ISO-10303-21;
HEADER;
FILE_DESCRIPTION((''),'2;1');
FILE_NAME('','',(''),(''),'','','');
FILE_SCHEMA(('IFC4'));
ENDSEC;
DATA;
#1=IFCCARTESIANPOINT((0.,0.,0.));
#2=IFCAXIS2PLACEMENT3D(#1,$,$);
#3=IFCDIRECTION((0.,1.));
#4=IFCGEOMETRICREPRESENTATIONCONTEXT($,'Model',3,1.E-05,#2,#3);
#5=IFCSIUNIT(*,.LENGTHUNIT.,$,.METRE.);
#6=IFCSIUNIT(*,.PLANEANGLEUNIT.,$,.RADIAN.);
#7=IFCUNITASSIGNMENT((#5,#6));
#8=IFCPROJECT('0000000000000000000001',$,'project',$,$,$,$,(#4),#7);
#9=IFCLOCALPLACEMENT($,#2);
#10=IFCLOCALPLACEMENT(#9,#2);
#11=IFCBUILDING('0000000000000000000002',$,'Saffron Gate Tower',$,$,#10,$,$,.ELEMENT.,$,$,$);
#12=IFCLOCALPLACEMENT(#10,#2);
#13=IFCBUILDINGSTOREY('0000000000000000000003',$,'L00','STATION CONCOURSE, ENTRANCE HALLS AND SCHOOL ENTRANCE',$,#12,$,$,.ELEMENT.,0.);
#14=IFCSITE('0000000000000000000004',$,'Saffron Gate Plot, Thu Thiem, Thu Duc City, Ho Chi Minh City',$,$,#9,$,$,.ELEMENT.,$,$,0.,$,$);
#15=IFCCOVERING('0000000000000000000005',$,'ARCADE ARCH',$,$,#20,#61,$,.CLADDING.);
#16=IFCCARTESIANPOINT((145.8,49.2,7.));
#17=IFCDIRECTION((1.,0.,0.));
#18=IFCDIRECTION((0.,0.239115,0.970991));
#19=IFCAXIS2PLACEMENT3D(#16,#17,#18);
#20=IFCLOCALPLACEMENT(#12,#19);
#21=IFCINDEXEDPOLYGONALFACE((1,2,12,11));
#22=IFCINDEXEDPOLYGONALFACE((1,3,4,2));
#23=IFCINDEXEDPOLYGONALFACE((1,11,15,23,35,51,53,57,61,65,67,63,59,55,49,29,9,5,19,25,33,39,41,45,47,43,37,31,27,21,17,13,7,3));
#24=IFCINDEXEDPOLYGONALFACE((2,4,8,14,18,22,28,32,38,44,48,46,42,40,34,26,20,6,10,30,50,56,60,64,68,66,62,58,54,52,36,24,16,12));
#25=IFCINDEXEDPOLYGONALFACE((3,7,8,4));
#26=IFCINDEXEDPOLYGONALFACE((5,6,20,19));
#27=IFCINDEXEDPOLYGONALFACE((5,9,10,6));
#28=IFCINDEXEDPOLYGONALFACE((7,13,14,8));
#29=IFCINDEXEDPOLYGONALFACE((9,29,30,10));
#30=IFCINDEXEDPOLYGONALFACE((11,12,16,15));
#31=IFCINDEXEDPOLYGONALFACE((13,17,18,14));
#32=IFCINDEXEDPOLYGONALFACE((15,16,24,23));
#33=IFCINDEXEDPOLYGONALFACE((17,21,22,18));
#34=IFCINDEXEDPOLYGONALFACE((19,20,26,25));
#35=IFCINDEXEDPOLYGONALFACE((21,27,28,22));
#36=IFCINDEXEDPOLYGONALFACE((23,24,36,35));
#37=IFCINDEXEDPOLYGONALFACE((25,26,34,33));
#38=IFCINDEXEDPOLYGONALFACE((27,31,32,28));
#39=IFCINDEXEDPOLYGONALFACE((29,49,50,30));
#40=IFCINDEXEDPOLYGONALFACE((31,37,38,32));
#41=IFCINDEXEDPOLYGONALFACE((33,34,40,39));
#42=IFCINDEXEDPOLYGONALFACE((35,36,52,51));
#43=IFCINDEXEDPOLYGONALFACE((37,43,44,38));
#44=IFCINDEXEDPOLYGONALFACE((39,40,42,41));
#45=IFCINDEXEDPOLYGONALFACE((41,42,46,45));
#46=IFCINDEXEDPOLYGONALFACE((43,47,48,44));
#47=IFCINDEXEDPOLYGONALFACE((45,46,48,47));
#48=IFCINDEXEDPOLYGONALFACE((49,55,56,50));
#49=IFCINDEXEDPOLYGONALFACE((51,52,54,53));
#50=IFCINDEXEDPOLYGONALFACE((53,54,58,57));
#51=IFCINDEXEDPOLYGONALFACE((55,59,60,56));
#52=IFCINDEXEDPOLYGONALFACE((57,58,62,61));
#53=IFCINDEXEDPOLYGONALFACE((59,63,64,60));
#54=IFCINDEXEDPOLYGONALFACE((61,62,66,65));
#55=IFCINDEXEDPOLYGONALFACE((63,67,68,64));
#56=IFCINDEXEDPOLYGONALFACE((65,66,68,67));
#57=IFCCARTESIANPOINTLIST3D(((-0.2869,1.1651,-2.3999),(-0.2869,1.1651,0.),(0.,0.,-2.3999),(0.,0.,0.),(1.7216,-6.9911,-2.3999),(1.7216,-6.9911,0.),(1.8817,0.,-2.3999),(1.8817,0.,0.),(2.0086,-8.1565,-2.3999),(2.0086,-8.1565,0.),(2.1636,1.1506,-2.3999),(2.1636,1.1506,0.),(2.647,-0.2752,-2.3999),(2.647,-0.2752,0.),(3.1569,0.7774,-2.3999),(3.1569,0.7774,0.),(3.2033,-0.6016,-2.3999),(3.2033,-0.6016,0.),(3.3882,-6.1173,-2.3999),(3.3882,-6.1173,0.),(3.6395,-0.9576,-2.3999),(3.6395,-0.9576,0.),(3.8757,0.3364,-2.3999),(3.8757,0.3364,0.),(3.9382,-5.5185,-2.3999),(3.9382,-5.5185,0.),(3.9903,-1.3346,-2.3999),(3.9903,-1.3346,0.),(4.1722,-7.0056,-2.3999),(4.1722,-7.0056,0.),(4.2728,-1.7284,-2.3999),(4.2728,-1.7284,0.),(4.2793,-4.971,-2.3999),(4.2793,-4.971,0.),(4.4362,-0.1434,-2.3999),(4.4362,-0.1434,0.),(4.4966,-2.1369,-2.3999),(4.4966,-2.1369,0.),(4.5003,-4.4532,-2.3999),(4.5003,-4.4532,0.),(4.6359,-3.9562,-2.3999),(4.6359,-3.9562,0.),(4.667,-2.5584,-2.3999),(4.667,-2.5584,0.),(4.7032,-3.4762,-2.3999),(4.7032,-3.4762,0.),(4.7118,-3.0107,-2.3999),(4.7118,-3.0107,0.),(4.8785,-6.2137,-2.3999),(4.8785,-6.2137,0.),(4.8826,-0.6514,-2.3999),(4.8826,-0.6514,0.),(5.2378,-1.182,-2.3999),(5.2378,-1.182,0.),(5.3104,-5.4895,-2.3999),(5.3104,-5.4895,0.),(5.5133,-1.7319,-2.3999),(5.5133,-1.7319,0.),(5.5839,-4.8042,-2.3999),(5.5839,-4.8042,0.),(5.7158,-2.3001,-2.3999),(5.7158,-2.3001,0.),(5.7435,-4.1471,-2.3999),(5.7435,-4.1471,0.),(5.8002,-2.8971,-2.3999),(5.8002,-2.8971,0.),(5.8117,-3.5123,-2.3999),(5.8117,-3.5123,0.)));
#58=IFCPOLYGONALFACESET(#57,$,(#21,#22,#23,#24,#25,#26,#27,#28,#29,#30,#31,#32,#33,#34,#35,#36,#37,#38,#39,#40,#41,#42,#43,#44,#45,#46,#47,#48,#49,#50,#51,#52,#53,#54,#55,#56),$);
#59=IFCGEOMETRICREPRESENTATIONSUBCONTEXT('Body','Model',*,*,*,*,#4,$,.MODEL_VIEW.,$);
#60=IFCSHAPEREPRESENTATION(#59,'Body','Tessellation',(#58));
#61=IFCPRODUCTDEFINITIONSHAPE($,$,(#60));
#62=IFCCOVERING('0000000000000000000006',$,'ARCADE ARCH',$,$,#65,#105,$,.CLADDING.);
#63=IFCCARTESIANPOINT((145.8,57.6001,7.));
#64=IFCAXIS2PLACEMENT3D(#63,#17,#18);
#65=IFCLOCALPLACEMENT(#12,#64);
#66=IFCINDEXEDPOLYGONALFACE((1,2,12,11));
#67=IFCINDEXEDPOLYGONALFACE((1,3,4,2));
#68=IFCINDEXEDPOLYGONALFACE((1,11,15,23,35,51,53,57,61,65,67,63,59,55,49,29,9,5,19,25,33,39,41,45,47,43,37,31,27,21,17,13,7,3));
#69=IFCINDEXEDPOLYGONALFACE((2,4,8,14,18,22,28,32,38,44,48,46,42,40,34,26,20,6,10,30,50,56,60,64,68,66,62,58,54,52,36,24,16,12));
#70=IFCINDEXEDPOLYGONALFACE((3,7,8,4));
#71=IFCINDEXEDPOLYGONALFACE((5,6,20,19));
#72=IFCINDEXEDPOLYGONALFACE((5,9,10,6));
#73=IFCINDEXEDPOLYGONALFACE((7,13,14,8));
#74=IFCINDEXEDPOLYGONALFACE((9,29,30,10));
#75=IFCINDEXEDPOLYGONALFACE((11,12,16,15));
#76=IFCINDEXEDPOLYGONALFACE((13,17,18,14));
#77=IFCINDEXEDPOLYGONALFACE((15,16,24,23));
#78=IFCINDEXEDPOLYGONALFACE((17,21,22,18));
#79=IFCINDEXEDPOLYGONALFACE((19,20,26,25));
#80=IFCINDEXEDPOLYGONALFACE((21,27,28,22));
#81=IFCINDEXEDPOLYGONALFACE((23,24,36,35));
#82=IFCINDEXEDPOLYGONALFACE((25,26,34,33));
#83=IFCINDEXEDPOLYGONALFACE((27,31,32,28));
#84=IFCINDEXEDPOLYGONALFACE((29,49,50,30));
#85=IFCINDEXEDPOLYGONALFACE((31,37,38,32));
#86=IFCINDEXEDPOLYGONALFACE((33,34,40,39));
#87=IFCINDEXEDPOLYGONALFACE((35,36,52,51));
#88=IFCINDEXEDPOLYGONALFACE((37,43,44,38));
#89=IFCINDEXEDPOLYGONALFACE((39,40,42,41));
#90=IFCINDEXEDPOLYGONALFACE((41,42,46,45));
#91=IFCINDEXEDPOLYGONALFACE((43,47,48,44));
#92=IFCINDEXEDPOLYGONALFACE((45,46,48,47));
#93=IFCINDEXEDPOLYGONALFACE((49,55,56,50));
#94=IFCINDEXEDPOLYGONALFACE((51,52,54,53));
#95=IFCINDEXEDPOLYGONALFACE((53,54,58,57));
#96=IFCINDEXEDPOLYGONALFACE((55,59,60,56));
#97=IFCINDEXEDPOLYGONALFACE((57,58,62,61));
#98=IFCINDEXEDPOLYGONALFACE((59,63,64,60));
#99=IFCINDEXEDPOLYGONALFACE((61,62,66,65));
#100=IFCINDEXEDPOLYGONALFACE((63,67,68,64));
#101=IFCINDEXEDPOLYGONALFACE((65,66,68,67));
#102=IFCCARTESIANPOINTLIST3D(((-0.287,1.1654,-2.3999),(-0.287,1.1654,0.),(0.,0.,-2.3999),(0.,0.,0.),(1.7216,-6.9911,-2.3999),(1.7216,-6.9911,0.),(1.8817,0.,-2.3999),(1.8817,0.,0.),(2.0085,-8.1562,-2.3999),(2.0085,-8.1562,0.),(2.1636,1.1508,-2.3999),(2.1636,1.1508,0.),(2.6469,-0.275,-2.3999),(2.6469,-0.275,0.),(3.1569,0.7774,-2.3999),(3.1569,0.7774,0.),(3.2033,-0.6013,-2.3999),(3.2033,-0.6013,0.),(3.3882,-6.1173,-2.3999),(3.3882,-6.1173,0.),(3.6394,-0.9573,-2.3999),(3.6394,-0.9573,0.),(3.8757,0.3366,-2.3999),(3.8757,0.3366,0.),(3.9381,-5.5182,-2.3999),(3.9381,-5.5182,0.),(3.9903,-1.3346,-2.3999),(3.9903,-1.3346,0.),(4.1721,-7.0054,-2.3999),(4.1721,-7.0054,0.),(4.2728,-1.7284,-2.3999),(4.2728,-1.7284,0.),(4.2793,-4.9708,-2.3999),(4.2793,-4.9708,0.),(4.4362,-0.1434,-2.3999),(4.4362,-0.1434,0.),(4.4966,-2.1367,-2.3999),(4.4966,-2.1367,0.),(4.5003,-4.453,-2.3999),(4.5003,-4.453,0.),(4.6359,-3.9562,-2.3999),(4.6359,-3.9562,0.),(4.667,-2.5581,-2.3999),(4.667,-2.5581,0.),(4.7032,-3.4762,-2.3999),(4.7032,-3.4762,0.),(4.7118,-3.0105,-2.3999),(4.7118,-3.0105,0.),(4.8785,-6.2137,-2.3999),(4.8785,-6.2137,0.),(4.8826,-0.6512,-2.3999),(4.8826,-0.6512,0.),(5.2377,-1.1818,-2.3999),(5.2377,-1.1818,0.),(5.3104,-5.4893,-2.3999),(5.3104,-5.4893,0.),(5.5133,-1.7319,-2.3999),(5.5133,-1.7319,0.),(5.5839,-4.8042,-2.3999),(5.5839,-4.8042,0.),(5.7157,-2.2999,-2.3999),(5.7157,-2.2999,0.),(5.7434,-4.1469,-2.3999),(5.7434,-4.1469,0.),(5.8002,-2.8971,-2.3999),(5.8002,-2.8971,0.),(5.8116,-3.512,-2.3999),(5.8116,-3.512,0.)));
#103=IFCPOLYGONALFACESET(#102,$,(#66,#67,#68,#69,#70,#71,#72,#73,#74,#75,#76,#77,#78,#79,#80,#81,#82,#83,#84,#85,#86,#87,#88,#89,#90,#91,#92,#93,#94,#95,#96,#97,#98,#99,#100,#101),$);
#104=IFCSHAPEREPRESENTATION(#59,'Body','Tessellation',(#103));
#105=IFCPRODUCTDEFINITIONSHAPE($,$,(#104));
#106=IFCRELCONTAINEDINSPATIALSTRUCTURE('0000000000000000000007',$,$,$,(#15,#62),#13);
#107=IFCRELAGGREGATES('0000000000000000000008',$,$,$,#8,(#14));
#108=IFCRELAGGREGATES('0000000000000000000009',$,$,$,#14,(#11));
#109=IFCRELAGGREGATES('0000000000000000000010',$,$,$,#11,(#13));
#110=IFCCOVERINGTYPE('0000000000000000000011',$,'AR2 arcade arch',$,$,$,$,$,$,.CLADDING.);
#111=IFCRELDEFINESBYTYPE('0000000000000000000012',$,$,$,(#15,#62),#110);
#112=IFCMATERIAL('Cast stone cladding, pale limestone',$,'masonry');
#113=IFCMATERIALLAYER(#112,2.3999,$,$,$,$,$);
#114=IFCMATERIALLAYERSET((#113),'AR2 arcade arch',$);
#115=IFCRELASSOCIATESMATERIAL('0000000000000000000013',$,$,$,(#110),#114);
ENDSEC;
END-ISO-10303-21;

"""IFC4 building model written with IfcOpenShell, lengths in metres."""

from ifc_helpers import new_model, si_unit, direction, frame, origin, place, context, subcontext, project, spatial, polyline, outline, extrude, material, layer, layer_set, type_object, element, save


model = new_model("IFC4")

# Units and contexts
model_context = context("Model", 3, precision=1e-05, world=origin(), true_north=direction((0.0, 1.0)))
body_context = subcontext(model_context, "Body", "Model", "MODEL_VIEW")
ifc_project = project(units=[si_unit("LENGTHUNIT", "METRE"), si_unit("PLANEANGLEUNIT", "RADIAN")], contexts=[model_context])

# Site, building, storey
site_placement = place(None, origin())
site = spatial("IfcSite", under=ifc_project, at=site_placement, Name="Saffron Gate Plot, Thu Thiem, Thu Duc City, Ho Chi Minh City", CompositionType="ELEMENT", RefElevation=0.0)
building_placement = place(site_placement, origin())
building = spatial("IfcBuilding", under=site, at=building_placement, Name="Saffron Gate Tower", CompositionType="ELEMENT")
storey_placement = place(building_placement, origin())
storey = spatial("IfcBuildingStorey", under=building, at=storey_placement, Name="L00", Description="STATION CONCOURSE, ENTRANCE HALLS AND SCHOOL ENTRANCE", CompositionType="ELEMENT", Elevation=0.0)

# Coverings
ifc_material_1 = material(Name="Cast stone cladding, pale limestone", Category="masonry")
ifc_layer_1 = layer(ifc_material_1, 2.3999)
ifc_layer_set_1 = layer_set([ifc_layer_1], Name="AR2 arcade arch")
covering_type = type_object("IfcCoveringType", Name="AR2 arcade arch", PredefinedType="CLADDING", material=ifc_layer_set_1)
covering_1_placement = place(storey_placement, frame((145.8, 49.2, 7.0), z_axis=(1.0, 0.0, 0.0), x_axis=(0.0, 0.239115, 0.970991)))
element("IfcCovering", 1, at=covering_1_placement, inside=storey, type_object=covering_type, Name="ARCADE ARCH", PredefinedType="CLADDING", context=body_context, shape_type="SweptSolid", body=[
    extrude(outline(polyline([(0.0, 0.0), (1.8817, 0.0), (2.647, -0.2752), (3.2033, -0.6016), (3.6395, -0.9576), (3.9903, -1.3346), (4.2728, -1.7284), (4.4966, -2.1369), (4.667, -2.5584), (4.7118, -3.0107), (4.7032, -3.4762), (4.6359, -3.9562), (4.5003, -4.4532), (4.2793, -4.971), (3.9382, -5.5185), (3.3882, -6.1173), (1.7216, -6.9911), (2.0086, -8.1565), (4.1722, -7.0056), (4.8785, -6.2137), (5.3104, -5.4895), (5.5839, -4.8042), (5.7435, -4.1471), (5.8117, -3.5123), (5.8002, -2.8971), (5.7158, -2.3001), (5.5133, -1.7319), (5.2378, -1.182), (4.8826, -0.6514), (4.4362, -0.1434), (3.8757, 0.3364), (3.1569, 0.7774), (2.1636, 1.1506), (-0.2869, 1.1651), (0.0, 0.0)])), origin(), (0.0, 0.0, -1.0), 2.3999),
])
covering_2_placement = place(storey_placement, frame((145.8, 57.6001, 7.0), z_axis=(1.0, 0.0, 0.0), x_axis=(0.0, 0.239115, 0.970991)))
element("IfcCovering", 2, at=covering_2_placement, inside=storey, type_object=covering_type, Name="ARCADE ARCH", PredefinedType="CLADDING", context=body_context, shape_type="SweptSolid", body=[
    extrude(outline(polyline([(0.0, 0.0), (1.8817, 0.0), (2.6469, -0.275), (3.2033, -0.6013), (3.6394, -0.9573), (3.9903, -1.3346), (4.2728, -1.7284), (4.4966, -2.1367), (4.667, -2.5581), (4.7118, -3.0105), (4.7032, -3.4762), (4.6359, -3.9562), (4.5003, -4.453), (4.2793, -4.9708), (3.9381, -5.5182), (3.3882, -6.1173), (1.7216, -6.9911), (2.0085, -8.1562), (4.1721, -7.0054), (4.8785, -6.2137), (5.3104, -5.4893), (5.5839, -4.8042), (5.7434, -4.1469), (5.8116, -3.512), (5.8002, -2.8971), (5.7157, -2.2999), (5.5133, -1.7319), (5.2377, -1.1818), (4.8826, -0.6512), (4.4362, -0.1434), (3.8757, 0.3366), (3.1569, 0.7774), (2.1636, 1.1508), (-0.287, 1.1654), (0.0, 0.0)])), origin(), (0.0, 0.0, -1.0), 2.3999),
])

save(model, "model.ifc")
